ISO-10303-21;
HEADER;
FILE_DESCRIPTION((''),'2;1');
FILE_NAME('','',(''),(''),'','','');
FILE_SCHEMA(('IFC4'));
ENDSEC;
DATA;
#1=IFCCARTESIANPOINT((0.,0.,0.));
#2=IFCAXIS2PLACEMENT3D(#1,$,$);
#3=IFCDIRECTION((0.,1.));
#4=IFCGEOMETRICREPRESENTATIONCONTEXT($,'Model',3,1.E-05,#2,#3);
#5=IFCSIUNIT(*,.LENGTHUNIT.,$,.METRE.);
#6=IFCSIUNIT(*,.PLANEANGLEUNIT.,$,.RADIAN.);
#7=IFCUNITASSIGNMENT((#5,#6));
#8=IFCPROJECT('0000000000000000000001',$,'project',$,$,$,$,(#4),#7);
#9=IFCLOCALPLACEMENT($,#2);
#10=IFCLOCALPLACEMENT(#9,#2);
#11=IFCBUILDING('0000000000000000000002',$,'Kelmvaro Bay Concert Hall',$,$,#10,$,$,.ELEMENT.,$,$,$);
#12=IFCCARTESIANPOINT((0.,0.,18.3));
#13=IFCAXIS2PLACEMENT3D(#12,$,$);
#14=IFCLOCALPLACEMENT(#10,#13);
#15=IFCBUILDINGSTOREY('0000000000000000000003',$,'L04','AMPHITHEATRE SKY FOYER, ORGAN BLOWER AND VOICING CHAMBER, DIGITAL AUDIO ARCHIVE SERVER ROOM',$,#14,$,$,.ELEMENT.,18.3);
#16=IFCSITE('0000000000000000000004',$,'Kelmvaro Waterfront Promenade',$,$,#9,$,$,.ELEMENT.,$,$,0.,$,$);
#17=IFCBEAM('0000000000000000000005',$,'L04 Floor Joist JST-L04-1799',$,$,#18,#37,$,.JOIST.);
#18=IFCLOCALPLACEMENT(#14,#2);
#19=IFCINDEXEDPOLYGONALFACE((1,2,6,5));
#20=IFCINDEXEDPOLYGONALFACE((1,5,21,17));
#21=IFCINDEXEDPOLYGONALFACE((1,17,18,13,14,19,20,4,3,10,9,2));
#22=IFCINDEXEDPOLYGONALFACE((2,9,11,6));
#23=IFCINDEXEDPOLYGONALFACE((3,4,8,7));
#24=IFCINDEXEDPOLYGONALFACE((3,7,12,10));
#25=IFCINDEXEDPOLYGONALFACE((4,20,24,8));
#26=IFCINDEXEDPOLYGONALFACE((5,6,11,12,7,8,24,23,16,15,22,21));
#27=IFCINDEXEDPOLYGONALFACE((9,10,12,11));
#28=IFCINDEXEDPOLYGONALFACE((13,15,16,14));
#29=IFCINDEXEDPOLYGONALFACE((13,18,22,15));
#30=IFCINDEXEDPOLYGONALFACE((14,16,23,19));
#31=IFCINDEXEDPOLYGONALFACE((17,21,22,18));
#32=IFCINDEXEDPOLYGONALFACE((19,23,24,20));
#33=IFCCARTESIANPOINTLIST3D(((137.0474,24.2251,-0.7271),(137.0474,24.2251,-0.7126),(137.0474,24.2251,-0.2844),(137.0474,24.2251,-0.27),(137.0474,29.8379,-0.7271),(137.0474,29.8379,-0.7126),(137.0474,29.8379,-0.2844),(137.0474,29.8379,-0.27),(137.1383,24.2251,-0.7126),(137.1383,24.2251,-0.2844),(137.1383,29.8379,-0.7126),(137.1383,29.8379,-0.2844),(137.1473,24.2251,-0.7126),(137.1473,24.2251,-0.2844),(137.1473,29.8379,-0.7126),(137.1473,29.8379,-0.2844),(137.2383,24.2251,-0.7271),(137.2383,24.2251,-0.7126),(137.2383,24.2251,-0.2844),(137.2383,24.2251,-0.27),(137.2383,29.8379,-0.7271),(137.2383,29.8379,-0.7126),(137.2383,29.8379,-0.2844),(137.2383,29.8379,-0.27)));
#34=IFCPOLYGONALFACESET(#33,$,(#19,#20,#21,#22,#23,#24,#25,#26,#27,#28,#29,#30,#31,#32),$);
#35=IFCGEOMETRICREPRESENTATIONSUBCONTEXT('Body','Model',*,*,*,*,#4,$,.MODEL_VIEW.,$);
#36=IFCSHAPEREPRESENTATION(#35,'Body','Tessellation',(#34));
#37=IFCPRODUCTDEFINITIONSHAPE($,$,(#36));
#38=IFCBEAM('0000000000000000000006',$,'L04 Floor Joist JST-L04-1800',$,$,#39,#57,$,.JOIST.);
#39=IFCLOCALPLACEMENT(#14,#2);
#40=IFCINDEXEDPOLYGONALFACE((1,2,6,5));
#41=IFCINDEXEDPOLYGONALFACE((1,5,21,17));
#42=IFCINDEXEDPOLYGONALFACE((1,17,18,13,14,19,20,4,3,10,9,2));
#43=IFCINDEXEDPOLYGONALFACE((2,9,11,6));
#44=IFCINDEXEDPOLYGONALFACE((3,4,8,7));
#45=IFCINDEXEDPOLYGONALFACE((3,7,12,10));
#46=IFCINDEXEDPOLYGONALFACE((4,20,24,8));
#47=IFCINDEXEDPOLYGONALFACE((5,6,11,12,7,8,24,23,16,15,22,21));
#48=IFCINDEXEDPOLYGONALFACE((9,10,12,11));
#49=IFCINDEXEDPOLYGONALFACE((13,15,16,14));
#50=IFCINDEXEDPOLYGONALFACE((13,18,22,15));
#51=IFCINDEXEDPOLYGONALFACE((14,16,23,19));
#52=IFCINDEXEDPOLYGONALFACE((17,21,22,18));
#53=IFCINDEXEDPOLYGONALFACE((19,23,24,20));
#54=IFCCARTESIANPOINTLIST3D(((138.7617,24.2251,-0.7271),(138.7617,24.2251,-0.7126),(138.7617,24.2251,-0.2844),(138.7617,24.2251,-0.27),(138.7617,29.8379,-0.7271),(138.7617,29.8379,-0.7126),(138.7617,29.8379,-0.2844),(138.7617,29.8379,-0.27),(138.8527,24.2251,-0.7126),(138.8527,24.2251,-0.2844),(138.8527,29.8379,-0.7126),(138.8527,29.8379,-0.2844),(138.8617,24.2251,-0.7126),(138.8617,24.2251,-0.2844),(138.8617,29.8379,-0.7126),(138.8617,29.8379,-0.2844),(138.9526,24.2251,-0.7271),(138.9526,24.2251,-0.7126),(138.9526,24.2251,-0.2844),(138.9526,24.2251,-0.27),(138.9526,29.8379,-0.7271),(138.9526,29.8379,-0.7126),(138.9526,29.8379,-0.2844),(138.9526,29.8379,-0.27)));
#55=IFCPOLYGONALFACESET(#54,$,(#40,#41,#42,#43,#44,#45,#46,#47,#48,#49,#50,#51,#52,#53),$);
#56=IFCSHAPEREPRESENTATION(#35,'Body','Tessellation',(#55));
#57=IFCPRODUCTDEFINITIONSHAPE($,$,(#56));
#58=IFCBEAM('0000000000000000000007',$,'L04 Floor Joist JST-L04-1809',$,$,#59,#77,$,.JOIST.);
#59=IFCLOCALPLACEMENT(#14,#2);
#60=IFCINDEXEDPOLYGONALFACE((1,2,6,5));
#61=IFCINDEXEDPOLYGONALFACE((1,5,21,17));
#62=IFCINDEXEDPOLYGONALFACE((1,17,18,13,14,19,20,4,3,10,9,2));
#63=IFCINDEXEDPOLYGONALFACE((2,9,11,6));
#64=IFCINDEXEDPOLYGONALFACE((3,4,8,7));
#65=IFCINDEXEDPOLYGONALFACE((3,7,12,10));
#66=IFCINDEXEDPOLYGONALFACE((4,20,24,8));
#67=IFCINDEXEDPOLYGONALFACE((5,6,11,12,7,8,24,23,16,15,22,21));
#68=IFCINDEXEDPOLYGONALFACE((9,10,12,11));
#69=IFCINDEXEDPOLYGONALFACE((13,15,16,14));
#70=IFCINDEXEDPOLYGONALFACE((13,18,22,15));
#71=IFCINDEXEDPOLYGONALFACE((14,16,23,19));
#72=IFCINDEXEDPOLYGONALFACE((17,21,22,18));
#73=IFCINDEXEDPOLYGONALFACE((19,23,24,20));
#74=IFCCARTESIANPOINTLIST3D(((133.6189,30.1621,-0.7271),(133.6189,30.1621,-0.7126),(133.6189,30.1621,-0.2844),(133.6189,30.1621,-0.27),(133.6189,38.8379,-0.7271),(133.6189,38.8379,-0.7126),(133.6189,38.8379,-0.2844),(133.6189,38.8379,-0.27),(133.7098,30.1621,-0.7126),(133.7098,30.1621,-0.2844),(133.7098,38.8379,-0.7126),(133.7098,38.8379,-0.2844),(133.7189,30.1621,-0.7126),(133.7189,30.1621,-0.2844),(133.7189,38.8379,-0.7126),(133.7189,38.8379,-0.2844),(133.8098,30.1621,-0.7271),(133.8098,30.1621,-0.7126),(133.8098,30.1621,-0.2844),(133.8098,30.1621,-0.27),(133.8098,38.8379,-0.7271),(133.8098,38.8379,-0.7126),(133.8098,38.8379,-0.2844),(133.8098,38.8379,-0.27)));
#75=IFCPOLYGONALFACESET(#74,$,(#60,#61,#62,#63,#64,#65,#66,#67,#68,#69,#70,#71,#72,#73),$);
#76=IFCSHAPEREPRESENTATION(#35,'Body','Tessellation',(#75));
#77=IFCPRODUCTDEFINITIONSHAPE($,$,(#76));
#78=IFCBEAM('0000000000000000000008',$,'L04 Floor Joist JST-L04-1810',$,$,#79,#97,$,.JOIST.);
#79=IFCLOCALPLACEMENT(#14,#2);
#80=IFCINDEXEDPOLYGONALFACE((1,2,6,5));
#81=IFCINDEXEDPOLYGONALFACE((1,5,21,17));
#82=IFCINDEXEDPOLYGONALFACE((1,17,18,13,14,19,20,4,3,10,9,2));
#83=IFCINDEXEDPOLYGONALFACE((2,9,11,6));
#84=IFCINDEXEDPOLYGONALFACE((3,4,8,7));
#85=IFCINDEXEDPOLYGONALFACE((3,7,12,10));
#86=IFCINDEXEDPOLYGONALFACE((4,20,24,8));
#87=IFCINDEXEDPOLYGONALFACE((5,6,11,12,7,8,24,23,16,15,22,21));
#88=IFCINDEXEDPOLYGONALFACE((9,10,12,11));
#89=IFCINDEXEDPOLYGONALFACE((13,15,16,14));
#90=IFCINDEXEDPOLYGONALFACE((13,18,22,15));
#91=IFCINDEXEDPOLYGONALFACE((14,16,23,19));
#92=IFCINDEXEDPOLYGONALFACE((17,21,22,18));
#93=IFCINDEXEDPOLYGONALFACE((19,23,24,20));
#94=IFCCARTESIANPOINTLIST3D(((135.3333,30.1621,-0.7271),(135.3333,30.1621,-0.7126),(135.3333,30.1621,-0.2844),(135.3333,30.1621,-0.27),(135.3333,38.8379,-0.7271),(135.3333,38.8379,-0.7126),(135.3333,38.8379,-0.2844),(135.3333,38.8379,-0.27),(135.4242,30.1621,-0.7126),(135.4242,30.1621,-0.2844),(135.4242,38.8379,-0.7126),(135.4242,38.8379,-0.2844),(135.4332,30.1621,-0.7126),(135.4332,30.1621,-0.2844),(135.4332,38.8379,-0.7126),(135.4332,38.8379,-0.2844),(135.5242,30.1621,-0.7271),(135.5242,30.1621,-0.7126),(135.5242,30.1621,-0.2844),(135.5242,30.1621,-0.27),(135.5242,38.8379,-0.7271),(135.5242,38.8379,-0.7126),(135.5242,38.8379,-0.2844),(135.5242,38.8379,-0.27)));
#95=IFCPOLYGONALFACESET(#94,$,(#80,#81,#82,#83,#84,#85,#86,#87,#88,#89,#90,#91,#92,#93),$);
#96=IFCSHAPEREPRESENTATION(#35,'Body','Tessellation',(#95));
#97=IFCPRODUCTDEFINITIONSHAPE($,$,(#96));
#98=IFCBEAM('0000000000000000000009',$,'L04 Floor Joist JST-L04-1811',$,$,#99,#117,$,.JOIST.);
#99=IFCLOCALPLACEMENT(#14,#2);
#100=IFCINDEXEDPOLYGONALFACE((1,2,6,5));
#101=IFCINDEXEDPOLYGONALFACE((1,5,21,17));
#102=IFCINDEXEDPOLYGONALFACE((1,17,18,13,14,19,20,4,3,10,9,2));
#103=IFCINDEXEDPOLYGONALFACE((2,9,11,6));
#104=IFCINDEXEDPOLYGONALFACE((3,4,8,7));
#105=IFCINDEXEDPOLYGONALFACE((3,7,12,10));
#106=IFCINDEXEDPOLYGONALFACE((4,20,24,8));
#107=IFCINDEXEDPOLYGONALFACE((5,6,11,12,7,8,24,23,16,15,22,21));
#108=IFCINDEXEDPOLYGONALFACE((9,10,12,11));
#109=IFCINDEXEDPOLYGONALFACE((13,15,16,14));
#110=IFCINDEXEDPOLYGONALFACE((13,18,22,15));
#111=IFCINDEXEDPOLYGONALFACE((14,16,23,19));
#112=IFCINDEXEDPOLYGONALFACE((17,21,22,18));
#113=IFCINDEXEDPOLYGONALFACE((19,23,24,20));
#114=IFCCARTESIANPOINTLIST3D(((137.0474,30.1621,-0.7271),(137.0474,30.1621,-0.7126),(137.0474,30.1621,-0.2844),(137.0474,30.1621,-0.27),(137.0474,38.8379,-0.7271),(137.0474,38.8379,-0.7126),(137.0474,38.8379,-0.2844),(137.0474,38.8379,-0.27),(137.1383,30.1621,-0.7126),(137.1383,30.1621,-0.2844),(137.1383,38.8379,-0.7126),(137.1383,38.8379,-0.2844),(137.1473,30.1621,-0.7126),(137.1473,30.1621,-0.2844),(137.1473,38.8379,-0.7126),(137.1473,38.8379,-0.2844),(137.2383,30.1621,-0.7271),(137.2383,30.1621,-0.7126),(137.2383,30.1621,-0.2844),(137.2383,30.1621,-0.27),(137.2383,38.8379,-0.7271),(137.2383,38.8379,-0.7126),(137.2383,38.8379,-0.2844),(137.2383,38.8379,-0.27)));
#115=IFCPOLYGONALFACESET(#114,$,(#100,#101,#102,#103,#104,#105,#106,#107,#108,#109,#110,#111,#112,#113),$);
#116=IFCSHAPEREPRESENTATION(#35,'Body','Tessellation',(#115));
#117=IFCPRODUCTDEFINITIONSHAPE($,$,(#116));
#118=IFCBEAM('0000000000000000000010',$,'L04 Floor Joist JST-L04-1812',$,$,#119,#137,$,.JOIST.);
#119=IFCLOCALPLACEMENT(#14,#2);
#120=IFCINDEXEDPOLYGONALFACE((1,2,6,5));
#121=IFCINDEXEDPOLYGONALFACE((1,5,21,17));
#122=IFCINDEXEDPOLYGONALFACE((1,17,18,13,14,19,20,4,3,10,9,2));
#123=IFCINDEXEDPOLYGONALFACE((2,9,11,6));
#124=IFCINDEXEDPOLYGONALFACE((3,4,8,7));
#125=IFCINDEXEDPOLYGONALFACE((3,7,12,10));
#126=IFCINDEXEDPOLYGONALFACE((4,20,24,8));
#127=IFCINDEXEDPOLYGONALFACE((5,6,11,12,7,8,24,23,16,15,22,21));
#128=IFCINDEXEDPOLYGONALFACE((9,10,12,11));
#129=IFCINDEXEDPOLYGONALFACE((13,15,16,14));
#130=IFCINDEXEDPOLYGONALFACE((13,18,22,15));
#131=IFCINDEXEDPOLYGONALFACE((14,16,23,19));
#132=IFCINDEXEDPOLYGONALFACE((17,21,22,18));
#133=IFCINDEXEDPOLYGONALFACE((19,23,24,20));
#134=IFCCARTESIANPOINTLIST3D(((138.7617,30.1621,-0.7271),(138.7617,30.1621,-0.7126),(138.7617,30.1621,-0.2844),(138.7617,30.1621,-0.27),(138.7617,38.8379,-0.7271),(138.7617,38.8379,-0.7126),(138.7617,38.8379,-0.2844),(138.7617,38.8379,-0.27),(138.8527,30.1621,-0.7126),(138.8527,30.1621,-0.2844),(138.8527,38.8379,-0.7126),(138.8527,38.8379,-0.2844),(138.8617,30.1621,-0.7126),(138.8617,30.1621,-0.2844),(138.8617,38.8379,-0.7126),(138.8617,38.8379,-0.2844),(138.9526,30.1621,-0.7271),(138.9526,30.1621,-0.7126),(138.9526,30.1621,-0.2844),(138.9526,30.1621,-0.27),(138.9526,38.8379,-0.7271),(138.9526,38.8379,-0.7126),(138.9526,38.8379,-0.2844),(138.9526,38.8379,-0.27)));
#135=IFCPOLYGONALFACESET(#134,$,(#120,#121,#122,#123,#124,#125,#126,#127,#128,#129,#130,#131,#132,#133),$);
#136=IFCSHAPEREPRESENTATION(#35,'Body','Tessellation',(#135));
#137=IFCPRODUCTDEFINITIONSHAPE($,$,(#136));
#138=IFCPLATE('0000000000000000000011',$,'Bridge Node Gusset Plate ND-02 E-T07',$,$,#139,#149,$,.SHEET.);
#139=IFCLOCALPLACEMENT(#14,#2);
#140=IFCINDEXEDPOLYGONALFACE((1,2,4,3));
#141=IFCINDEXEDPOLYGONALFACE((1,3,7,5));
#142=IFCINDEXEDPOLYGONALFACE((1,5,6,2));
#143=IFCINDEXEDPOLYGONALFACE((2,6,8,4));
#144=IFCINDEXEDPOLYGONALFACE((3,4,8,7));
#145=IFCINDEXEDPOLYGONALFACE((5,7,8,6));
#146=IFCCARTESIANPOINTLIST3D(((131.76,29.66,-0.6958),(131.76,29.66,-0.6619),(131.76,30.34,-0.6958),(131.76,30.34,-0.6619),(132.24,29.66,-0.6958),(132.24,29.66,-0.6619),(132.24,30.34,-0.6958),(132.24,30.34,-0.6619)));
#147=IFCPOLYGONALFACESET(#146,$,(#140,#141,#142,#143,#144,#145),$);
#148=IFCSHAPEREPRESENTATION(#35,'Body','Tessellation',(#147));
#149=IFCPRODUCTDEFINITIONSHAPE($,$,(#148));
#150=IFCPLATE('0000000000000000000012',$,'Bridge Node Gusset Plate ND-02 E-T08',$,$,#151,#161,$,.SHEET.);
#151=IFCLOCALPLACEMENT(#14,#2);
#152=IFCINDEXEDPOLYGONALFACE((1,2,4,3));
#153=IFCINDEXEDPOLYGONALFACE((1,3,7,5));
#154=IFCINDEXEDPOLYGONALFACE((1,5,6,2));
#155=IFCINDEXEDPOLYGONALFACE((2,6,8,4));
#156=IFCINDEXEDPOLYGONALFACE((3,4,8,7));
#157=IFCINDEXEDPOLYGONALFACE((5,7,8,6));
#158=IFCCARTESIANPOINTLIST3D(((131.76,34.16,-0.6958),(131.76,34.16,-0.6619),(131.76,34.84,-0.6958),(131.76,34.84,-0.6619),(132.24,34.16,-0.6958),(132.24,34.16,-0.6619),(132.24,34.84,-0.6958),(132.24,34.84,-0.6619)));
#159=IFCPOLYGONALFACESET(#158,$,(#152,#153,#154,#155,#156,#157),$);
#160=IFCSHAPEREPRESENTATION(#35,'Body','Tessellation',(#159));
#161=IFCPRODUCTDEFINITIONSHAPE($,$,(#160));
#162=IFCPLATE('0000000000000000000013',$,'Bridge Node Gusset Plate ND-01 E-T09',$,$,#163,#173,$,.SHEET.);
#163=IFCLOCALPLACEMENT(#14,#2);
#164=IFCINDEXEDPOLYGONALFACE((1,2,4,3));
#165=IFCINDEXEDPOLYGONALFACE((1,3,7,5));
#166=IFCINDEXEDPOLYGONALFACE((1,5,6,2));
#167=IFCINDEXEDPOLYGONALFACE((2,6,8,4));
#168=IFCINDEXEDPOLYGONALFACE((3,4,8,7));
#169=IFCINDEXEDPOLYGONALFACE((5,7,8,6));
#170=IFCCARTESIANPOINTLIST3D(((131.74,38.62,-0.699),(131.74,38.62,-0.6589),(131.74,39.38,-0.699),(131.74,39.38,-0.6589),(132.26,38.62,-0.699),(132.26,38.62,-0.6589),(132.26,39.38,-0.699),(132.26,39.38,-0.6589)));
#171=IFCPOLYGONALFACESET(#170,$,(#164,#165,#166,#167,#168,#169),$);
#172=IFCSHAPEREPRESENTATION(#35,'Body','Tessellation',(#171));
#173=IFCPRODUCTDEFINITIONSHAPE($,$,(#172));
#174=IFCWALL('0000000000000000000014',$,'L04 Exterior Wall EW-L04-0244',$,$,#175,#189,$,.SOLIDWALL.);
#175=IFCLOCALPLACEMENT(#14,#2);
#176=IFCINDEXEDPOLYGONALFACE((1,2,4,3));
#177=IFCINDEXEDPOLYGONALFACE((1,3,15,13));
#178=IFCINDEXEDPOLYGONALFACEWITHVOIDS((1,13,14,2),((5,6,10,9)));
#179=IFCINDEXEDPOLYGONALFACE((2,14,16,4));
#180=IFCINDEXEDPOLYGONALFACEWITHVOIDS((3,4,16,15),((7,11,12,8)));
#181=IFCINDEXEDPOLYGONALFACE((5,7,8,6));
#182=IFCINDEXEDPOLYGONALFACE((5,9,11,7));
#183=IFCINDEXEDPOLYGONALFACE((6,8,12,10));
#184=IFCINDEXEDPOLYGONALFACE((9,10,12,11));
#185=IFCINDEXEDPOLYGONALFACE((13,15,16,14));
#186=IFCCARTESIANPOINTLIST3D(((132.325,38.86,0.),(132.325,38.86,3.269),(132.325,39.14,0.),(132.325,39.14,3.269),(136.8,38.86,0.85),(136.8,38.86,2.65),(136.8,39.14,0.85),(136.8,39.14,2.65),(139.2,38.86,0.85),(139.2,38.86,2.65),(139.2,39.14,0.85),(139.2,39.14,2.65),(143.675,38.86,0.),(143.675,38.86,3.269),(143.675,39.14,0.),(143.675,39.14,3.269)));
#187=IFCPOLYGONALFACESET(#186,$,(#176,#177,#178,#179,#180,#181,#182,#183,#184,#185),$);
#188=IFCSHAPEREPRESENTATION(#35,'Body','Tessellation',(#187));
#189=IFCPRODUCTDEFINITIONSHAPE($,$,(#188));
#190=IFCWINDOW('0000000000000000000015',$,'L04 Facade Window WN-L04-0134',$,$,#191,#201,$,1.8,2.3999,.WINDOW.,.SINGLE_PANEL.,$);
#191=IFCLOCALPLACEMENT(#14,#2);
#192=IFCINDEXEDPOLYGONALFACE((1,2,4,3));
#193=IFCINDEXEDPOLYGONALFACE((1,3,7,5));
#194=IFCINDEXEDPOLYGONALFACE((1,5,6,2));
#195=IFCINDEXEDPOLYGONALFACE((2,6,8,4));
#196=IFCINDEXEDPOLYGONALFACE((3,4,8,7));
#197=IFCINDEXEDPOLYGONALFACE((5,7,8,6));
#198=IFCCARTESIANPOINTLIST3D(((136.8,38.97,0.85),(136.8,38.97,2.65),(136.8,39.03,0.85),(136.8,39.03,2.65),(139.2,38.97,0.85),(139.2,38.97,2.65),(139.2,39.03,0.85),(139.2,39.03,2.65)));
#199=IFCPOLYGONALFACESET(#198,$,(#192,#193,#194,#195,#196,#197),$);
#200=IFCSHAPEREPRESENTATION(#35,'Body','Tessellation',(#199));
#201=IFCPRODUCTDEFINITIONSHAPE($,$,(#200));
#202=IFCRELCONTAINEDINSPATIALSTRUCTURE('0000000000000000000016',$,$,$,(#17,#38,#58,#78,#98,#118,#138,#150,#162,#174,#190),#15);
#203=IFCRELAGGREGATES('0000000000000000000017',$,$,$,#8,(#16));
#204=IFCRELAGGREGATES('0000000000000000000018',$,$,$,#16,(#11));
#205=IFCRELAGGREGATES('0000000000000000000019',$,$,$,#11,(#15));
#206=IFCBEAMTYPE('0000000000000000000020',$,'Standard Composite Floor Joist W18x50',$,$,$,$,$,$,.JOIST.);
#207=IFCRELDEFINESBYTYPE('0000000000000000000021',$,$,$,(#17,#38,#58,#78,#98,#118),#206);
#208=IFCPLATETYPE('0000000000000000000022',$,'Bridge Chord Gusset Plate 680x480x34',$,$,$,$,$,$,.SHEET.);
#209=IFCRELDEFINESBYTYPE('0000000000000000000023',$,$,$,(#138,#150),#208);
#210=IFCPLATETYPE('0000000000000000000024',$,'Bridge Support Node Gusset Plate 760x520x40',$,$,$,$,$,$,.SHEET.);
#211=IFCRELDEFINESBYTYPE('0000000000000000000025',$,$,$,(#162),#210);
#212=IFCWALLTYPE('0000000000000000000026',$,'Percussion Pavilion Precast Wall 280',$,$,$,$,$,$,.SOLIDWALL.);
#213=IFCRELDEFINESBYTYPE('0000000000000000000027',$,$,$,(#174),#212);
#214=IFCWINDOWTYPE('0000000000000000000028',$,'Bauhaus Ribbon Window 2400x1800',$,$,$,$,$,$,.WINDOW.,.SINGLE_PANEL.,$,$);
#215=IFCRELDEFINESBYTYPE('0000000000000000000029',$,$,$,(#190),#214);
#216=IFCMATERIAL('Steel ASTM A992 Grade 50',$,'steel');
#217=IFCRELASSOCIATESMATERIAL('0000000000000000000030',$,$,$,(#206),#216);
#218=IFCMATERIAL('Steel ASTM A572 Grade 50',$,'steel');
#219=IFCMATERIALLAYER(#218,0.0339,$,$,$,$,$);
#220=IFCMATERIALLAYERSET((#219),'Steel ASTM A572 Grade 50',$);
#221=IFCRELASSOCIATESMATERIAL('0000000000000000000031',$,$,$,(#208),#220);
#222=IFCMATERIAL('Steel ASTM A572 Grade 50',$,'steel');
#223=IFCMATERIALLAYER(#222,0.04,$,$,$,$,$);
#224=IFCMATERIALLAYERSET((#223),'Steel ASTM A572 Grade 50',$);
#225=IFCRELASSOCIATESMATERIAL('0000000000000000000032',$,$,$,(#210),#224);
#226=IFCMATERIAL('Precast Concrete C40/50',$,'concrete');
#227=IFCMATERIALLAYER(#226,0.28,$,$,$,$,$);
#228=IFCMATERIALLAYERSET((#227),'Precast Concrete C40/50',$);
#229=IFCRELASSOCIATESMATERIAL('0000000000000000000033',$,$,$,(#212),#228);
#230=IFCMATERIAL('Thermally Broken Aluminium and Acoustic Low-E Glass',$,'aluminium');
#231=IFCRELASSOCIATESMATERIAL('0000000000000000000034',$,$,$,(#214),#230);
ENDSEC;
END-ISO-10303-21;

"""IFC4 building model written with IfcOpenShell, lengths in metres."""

from ifc_helpers import new_model, si_unit, direction, frame, frame_2d, origin, origin_2d, place, context, subcontext, project, spatial, rectangle, i_section, extrude, material, layer, layer_set, material_profile, profile_set, type_object, element, fill, save


model = new_model("IFC4")

# Units and contexts
model_context = context("Model", 3, precision=1e-05, world=origin(), true_north=direction((0.0, 1.0)))
body_context = subcontext(model_context, "Body", "Model", "MODEL_VIEW")
ifc_project = project(units=[si_unit("LENGTHUNIT", "METRE"), si_unit("PLANEANGLEUNIT", "RADIAN")], contexts=[model_context])

# Site, building, storey
site_placement = place(None, origin())
site = spatial("IfcSite", under=ifc_project, at=site_placement, Name="Kelmvaro Waterfront Promenade", CompositionType="ELEMENT", RefElevation=0.0)
building_placement = place(site_placement, origin())
building = spatial("IfcBuilding", under=site, at=building_placement, Name="Kelmvaro Bay Concert Hall", CompositionType="ELEMENT")
storey_placement = place(building_placement, frame((0.0, 0.0, 18.3)))
storey = spatial("IfcBuildingStorey", under=building, at=storey_placement, Name="L04", Description="AMPHITHEATRE SKY FOYER, ORGAN BLOWER AND VOICING CHAMBER, DIGITAL AUDIO ARCHIVE SERVER ROOM", CompositionType="ELEMENT", Elevation=18.3)

# Beams
ifc_material_1 = material(Name="Steel ASTM A992 Grade 50", Category="steel")
ifc_material_profile_1 = material_profile(ifc_material_1, i_section(OverallWidth=0.1909, OverallDepth=0.457, WebThickness=0.009, FlangeThickness=0.0144, at=origin_2d()), Name="W18X50")
ifc_profile_set_1 = profile_set([ifc_material_profile_1], Name="Steel ASTM A992 Grade 50")
beam_type_1 = type_object("IfcBeamType", Name="Standard Composite Floor Joist W18x50", PredefinedType="JOIST", material=ifc_profile_set_1)
for number, where, z_axis, x_axis, name in (
    (1, (137.1428, 24.2251, -0.4985), (0.0, 1.0, 0.0), (-1.0, 0.0, 0.0), "L04 Floor Joist JST-L04-1799"),
    (2, (138.8572, 24.2251, -0.4985), (0.0, 1.0, 0.0), (-1.0, 0.0, 0.0), "L04 Floor Joist JST-L04-1800"),
):
    element("IfcBeam", number, at=place(storey_placement, frame(where, z_axis=z_axis, x_axis=x_axis)), inside=storey, type_object=beam_type_1, Name=name, PredefinedType="JOIST", context=body_context, shape_type="SweptSolid", body=[
        extrude(i_section(OverallWidth=0.1909, OverallDepth=0.457, WebThickness=0.009, FlangeThickness=0.0144, at=origin_2d()), origin(), (0.0, 0.0, 1.0), 5.6128),
    ])
for number, where, z_axis, x_axis, name in (
    (3, (133.7144, 30.1621, -0.4985), (0.0, 1.0, 0.0), (-1.0, 0.0, 0.0), "L04 Floor Joist JST-L04-1809"),
    (4, (135.4287, 30.1621, -0.4985), (0.0, 1.0, 0.0), (-1.0, 0.0, 0.0), "L04 Floor Joist JST-L04-1810"),
    (5, (137.1428, 30.1621, -0.4985), (0.0, 1.0, 0.0), (-1.0, 0.0, 0.0), "L04 Floor Joist JST-L04-1811"),
    (6, (138.8572, 30.1621, -0.4985), (0.0, 1.0, 0.0), (-1.0, 0.0, 0.0), "L04 Floor Joist JST-L04-1812"),
):
    element("IfcBeam", number, at=place(storey_placement, frame(where, z_axis=z_axis, x_axis=x_axis)), inside=storey, type_object=beam_type_1, Name=name, PredefinedType="JOIST", context=body_context, shape_type="SweptSolid", body=[
        extrude(i_section(OverallWidth=0.1909, OverallDepth=0.457, WebThickness=0.009, FlangeThickness=0.0144, at=origin_2d()), origin(), (0.0, 0.0, 1.0), 8.6758),
    ])

# Plates
ifc_material_2 = material(Name="Steel ASTM A572 Grade 50", Category="steel")
ifc_layer_1 = layer(ifc_material_2, 0.0339)
ifc_layer_set_1 = layer_set([ifc_layer_1], Name="Steel ASTM A572 Grade 50")
plate_type_1 = type_object("IfcPlateType", Name="Bridge Chord Gusset Plate 680x480x34", PredefinedType="SHEET", material=ifc_layer_set_1)
for number, where, z_axis, x_axis, name in (
    (7, (132.0, 30.0, -0.6958), (0.0, 0.0, 1.0), (0.0, 1.0, 0.0), "Bridge Node Gusset Plate ND-02 E-T07"),
    (8, (132.0, 34.5, -0.6958), (0.0, 0.0, 1.0), (0.0, 1.0, 0.0), "Bridge Node Gusset Plate ND-02 E-T08"),
):
    element("IfcPlate", number, at=place(storey_placement, frame(where, z_axis=z_axis, x_axis=x_axis)), inside=storey, type_object=plate_type_1, Name=name, PredefinedType="SHEET", context=body_context, shape_type="SweptSolid", body=[
        extrude(rectangle(XDim=0.6799, YDim=0.48, at=origin_2d()), origin(), (0.0, 0.0, 1.0), 0.0339),
    ])
ifc_material_3 = material(Name="Steel ASTM A572 Grade 50", Category="steel")
ifc_layer_2 = layer(ifc_material_3, 0.04)
ifc_layer_set_2 = layer_set([ifc_layer_2], Name="Steel ASTM A572 Grade 50")
plate_type_2 = type_object("IfcPlateType", Name="Bridge Support Node Gusset Plate 760x520x40", PredefinedType="SHEET", material=ifc_layer_set_2)
plate_placement = place(storey_placement, frame((132.0, 39.0, -0.699), z_axis=(0.0, 0.0, 1.0), x_axis=(0.0, 1.0, 0.0)))
element("IfcPlate", 9, at=plate_placement, inside=storey, type_object=plate_type_2, Name="Bridge Node Gusset Plate ND-01 E-T09", PredefinedType="SHEET", context=body_context, shape_type="SweptSolid", body=[
    extrude(rectangle(XDim=0.76, YDim=0.52, at=origin_2d()), origin(), (0.0, 0.0, 1.0), 0.04),
])

# Wall, opening, window
ifc_material_4 = material(Name="Precast Concrete C40/50", Category="concrete")
ifc_layer_3 = layer(ifc_material_4, 0.28)
ifc_layer_set_3 = layer_set([ifc_layer_3], Name="Precast Concrete C40/50")
wall_type_1 = type_object("IfcWallType", Name="Percussion Pavilion Precast Wall 280", PredefinedType="SOLIDWALL", material=ifc_layer_set_3)
wall_1_placement = place(storey_placement, frame((132.325, 39.0, 0.0), z_axis=(0.0, 0.0, 1.0), x_axis=(1.0, 0.0, 0.0)))
wall_1 = element("IfcWall", 10, at=wall_1_placement, inside=storey, type_object=wall_type_1, Name="L04 Exterior Wall EW-L04-0244", PredefinedType="SOLIDWALL", context=body_context, shape_type="SweptSolid", body=[
    extrude(rectangle(XDim=11.3501, YDim=0.28, at=frame_2d((5.675, 0.0))), origin(), (0.0, 0.0, 1.0), 3.269),
])
opening_1_placement = place(wall_1_placement, frame((4.4751, 0.0, 0.8501)))
opening_1 = element("IfcOpeningElement", 11, at=opening_1_placement, cuts=wall_1, PredefinedType="OPENING", context=body_context, shape_type="SweptSolid", body=[
    extrude(rectangle(XDim=2.3999, YDim=1.8, at=frame_2d((1.2, 0.8999))), frame((0.0, 0.1499, 0.0), z_axis=(0.0, -1.0, 0.0), x_axis=(1.0, 0.0, 0.0)), (0.0, 0.0, 1.0), 0.3),
])
ifc_material_5 = material(Name="Thermally Broken Aluminium and Acoustic Low-E Glass", Category="aluminium")
window_type_1 = type_object("IfcWindowType", Name="Bauhaus Ribbon Window 2400x1800", PartitioningType="SINGLE_PANEL", PredefinedType="WINDOW", material=ifc_material_5)
window_1_placement = place(opening_1_placement, origin())
window_1 = element("IfcWindow", 12, at=window_1_placement, inside=storey, type_object=window_type_1, Name="L04 Facade Window WN-L04-0134", OverallHeight=1.8, OverallWidth=2.3999, PartitioningType="SINGLE_PANEL", PredefinedType="WINDOW", context=body_context, shape_type="SweptSolid", body=[
    extrude(rectangle(XDim=2.3999, YDim=1.8, at=frame_2d((1.2, 0.8999))), frame((0.0, 0.03, 0.0), z_axis=(0.0, -1.0, 0.0), x_axis=(1.0, 0.0, 0.0)), (0.0, 0.0, 1.0), 0.0601),
])
fill(opening_1, window_1)

save(model, "model.ifc")
